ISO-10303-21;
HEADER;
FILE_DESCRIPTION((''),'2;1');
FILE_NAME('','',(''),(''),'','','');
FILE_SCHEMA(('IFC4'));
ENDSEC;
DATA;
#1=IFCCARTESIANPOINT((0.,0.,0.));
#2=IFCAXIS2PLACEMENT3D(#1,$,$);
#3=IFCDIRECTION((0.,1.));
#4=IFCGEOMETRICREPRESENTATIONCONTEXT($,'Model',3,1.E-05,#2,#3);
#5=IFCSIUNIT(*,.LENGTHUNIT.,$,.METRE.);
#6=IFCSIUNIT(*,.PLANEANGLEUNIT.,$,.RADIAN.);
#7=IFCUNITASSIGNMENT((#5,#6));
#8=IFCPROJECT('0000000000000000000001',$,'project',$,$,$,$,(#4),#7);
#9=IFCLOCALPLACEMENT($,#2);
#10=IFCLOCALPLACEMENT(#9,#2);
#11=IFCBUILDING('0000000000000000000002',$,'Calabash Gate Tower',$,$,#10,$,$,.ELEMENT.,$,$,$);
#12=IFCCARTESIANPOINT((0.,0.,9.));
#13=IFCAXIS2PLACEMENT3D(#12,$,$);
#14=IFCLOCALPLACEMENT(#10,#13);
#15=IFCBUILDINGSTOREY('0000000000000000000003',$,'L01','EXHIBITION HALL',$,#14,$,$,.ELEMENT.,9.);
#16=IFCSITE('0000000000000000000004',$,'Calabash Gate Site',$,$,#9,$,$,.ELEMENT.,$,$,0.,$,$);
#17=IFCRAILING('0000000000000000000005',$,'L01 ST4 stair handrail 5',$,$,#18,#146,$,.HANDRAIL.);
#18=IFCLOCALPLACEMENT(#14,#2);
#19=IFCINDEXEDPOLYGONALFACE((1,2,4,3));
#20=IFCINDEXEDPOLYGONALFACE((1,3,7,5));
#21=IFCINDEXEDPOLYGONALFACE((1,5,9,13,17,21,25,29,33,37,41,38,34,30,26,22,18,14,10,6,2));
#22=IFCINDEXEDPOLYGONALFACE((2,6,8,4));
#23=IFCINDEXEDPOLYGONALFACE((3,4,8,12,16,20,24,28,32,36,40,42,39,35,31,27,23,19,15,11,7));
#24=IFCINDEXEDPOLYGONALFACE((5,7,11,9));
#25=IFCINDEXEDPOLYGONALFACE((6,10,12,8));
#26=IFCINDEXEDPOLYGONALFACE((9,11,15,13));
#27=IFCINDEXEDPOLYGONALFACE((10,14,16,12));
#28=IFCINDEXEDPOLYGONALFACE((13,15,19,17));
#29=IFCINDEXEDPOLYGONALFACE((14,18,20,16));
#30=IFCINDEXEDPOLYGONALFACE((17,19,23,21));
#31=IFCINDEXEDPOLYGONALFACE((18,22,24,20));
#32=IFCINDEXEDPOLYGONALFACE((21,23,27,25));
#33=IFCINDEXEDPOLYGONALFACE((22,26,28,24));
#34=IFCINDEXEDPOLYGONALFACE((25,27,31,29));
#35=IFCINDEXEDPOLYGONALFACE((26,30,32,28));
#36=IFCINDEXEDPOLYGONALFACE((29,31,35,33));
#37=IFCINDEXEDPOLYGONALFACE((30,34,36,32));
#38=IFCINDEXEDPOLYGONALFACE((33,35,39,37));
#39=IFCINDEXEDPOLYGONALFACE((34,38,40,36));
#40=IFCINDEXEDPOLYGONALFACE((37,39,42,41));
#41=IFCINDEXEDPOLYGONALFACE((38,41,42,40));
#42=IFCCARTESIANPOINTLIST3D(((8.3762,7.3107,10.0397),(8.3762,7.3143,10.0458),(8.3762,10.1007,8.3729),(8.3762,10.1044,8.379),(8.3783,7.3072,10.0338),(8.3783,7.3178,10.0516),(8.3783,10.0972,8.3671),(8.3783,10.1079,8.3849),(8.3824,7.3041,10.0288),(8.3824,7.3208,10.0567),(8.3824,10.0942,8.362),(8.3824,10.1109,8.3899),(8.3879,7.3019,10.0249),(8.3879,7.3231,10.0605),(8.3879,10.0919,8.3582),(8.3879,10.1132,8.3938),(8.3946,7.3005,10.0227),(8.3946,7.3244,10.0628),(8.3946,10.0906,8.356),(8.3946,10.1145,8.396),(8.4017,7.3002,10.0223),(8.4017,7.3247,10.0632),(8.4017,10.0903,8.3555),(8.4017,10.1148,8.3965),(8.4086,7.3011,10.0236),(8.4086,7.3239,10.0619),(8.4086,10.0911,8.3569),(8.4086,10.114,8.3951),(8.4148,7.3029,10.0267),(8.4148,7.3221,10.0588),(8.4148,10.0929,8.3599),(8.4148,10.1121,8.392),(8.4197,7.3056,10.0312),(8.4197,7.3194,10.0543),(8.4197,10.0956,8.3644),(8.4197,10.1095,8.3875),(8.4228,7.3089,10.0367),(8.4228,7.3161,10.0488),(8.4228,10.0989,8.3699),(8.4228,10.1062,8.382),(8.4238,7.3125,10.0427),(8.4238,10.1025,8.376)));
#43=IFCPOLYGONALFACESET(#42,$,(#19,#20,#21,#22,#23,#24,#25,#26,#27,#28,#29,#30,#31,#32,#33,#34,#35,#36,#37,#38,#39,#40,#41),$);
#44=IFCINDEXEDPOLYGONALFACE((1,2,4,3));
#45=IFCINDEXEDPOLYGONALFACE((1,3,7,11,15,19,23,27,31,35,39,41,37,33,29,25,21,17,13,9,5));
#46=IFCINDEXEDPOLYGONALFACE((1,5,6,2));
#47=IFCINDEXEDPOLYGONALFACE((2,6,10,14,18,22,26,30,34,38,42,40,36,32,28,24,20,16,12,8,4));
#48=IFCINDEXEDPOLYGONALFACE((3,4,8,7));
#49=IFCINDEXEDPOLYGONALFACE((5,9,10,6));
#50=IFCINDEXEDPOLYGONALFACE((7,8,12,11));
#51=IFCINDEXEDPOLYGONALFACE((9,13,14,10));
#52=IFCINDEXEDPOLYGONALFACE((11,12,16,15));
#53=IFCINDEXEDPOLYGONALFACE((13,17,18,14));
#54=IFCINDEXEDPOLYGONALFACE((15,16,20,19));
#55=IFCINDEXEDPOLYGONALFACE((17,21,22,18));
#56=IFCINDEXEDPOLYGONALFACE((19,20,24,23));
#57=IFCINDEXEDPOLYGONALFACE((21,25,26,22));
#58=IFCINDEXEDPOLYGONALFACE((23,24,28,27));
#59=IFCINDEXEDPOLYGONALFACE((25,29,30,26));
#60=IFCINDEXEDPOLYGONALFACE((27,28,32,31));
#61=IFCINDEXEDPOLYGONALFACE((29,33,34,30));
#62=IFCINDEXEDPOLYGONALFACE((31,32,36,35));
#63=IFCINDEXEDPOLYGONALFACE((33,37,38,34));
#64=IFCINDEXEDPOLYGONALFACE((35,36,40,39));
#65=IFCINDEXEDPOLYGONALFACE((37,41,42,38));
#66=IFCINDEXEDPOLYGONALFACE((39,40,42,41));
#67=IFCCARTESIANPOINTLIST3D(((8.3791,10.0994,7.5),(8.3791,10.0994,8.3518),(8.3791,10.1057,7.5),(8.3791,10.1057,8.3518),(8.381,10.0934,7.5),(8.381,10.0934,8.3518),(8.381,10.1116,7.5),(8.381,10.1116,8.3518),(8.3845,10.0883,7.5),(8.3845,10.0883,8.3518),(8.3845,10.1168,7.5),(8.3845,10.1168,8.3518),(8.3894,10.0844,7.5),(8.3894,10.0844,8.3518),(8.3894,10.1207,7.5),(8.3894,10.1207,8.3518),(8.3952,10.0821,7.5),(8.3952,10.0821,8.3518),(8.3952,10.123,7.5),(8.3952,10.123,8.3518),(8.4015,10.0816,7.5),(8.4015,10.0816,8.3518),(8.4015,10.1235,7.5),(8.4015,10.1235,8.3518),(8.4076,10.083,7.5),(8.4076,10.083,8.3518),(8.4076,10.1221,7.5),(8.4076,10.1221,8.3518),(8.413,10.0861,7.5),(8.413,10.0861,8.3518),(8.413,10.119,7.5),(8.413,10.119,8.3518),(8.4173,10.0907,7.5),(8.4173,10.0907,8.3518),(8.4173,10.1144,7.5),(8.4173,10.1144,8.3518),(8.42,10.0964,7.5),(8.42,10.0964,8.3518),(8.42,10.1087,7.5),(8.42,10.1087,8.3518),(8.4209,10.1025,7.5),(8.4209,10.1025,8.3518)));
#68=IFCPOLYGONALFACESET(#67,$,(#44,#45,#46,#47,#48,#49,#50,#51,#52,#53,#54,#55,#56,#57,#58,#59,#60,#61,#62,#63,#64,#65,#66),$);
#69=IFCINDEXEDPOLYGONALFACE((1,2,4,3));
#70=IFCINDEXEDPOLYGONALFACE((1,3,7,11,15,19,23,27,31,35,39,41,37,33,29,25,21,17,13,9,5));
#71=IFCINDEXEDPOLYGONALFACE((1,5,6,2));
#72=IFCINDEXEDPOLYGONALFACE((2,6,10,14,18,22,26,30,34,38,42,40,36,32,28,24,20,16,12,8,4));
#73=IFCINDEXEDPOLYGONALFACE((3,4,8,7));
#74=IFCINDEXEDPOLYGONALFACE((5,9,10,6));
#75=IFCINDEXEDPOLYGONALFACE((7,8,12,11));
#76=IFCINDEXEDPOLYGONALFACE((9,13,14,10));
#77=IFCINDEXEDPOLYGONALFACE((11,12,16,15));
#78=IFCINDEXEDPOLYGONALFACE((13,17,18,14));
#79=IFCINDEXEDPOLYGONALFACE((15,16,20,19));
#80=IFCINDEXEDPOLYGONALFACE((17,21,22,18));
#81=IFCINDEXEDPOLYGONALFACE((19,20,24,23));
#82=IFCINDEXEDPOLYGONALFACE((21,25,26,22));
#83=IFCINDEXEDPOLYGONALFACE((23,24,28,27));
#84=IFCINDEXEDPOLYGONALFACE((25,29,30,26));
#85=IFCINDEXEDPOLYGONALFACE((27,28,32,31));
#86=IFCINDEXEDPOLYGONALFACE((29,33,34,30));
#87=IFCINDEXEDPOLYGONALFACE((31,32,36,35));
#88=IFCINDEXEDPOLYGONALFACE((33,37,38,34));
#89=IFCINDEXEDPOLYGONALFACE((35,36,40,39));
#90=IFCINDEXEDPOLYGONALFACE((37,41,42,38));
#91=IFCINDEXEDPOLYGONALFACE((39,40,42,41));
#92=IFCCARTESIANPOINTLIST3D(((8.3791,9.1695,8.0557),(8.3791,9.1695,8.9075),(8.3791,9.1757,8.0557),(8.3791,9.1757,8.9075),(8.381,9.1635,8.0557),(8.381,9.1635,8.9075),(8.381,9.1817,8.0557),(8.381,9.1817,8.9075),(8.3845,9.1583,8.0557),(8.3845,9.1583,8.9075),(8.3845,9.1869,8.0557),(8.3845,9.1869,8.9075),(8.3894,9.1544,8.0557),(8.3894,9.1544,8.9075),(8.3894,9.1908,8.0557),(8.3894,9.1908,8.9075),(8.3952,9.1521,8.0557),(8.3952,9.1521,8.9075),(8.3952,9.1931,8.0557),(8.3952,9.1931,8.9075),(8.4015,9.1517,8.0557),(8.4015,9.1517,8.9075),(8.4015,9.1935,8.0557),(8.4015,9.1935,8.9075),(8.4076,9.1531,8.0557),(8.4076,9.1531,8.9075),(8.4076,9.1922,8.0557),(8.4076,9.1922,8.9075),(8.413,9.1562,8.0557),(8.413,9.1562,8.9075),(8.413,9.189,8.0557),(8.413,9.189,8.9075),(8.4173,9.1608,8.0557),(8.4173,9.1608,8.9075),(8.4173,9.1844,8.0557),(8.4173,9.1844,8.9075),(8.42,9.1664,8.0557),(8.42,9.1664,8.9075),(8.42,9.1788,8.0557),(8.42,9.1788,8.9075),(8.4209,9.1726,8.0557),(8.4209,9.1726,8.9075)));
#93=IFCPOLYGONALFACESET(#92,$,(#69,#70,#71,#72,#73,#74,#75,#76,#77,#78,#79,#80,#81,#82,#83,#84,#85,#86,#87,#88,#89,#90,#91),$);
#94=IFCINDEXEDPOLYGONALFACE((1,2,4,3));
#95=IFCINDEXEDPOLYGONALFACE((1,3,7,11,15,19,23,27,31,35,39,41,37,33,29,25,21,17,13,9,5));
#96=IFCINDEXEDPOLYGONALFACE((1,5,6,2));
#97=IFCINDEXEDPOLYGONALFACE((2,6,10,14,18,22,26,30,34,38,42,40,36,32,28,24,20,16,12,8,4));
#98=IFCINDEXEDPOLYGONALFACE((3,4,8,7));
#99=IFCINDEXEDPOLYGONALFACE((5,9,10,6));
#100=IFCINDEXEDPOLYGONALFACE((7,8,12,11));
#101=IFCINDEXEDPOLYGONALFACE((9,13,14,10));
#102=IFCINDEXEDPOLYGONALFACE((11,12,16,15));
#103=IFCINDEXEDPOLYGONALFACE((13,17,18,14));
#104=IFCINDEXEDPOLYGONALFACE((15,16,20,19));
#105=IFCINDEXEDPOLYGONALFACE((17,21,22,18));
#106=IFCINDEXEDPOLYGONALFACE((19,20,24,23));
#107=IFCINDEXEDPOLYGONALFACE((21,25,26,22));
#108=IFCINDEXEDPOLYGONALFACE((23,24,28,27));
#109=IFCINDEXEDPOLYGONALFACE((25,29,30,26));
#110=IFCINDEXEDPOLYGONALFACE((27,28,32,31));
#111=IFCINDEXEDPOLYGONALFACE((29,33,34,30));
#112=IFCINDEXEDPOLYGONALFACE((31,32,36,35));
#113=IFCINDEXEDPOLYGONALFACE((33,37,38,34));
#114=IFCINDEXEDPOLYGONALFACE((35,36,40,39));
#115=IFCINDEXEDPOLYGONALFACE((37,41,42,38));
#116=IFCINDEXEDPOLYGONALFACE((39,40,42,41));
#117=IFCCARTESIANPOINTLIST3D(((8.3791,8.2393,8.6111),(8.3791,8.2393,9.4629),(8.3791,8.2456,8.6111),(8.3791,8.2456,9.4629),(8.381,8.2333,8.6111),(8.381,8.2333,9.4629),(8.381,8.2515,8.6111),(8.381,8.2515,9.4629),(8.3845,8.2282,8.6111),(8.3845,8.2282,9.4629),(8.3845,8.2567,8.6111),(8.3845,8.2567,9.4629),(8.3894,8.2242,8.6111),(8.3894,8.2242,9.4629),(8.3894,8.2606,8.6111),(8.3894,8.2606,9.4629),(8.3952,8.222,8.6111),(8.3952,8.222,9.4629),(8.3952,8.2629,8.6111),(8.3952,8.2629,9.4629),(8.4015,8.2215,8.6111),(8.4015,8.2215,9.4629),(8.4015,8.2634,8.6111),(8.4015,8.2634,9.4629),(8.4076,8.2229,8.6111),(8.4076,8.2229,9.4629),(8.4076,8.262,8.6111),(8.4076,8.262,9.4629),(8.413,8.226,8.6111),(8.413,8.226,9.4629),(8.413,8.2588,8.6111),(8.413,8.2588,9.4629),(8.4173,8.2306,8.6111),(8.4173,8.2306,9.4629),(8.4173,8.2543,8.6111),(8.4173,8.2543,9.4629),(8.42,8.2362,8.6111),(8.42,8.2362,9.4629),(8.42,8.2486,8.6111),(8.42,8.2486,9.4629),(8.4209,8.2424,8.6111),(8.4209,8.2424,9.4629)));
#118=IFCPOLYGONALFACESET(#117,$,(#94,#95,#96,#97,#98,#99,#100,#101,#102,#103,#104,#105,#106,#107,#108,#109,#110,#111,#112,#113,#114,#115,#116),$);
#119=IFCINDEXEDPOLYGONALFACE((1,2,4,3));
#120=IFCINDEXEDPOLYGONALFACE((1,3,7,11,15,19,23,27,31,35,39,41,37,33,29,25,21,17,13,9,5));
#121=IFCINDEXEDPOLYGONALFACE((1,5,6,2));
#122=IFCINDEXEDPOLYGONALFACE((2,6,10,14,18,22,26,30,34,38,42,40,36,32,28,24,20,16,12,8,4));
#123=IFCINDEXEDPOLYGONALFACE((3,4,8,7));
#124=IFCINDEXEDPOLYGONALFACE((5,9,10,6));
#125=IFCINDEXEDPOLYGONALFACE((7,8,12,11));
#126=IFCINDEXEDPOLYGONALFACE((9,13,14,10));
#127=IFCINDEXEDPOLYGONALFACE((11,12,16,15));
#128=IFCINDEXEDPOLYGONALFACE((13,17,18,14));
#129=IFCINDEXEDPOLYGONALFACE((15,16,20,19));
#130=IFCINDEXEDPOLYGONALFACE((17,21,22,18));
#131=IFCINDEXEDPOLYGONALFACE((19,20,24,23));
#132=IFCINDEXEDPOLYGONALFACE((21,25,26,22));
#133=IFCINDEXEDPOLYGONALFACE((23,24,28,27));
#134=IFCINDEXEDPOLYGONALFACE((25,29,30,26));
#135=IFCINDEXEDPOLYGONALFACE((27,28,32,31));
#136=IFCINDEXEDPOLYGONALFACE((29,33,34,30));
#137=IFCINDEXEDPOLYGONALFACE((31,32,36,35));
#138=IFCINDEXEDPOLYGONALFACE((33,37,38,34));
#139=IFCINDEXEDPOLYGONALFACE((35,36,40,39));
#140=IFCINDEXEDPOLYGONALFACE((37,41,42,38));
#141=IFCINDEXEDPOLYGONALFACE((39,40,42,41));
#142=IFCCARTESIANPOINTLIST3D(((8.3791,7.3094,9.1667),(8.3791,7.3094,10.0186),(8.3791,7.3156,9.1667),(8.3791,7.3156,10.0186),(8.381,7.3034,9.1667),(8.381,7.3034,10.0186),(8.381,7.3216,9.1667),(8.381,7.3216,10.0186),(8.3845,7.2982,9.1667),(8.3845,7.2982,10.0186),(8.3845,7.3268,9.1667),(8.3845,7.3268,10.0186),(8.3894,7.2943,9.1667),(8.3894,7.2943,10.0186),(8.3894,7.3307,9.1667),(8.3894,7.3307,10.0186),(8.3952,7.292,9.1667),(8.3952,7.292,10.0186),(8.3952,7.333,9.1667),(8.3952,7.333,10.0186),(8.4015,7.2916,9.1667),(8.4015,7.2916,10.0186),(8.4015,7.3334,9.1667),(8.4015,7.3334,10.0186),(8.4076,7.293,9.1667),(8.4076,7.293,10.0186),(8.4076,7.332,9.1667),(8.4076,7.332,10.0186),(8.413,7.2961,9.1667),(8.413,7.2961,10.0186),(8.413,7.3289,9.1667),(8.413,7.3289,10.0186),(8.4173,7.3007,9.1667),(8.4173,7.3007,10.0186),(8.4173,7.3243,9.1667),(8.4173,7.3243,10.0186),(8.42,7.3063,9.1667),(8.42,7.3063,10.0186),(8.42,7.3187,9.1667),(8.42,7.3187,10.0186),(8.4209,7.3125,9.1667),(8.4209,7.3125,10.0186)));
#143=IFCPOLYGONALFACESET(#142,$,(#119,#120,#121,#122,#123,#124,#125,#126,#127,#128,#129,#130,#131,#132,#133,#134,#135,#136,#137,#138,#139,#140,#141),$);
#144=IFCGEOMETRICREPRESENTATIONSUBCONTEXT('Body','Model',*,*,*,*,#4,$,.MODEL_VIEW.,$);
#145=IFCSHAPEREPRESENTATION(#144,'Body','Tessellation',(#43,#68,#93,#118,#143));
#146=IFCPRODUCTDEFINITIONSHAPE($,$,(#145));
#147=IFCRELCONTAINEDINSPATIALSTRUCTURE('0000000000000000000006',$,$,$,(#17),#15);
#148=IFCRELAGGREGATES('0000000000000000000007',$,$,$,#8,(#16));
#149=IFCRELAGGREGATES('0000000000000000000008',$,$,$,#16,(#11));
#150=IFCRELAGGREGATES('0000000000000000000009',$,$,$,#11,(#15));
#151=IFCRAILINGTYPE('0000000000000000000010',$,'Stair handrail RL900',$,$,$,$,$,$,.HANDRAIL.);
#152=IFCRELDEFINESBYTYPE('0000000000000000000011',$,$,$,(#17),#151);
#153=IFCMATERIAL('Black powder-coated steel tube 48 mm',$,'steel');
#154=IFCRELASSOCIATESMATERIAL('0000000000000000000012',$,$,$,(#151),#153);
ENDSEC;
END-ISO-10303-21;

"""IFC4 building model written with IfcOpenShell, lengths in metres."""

from ifc_helpers import new_model, si_unit, direction, frame, origin, origin_2d, place, context, subcontext, project, spatial, circle, extrude, material, type_object, element, save


model = new_model("IFC4")

# Units and contexts
model_context = context("Model", 3, precision=1e-05, world=origin(), true_north=direction((0.0, 1.0)))
body_context = subcontext(model_context, "Body", "Model", "MODEL_VIEW")
ifc_project = project(units=[si_unit("LENGTHUNIT", "METRE"), si_unit("PLANEANGLEUNIT", "RADIAN")], contexts=[model_context])

# Site, building, storey
site_placement = place(None, origin())
site = spatial("IfcSite", under=ifc_project, at=site_placement, Name="Calabash Gate Site", CompositionType="ELEMENT", RefElevation=0.0)
building_placement = place(site_placement, origin())
building = spatial("IfcBuilding", under=site, at=building_placement, Name="Calabash Gate Tower", CompositionType="ELEMENT")
storey_placement = place(building_placement, frame((0.0, 0.0, 9.0)))
storey = spatial("IfcBuildingStorey", under=building, at=storey_placement, Name="L01", Description="EXHIBITION HALL", CompositionType="ELEMENT", Elevation=9.0)

# Railing
ifc_material_1 = material(Name="Black powder-coated steel tube 48 mm", Category="steel")
railing_type_1 = type_object("IfcRailingType", Name="Stair handrail RL900", PredefinedType="HANDRAIL", material=ifc_material_1)
railing_1_placement = place(storey_placement, frame((8.3999, 10.1025, 7.5)))
element("IfcRailing", 1, at=railing_1_placement, inside=storey, type_object=railing_type_1, Name="L01 ST4 stair handrail 5", PredefinedType="HANDRAIL", context=body_context, shape_type="SweptSolid", body=[
    extrude(circle(Radius=0.0239, at=origin_2d()), frame((0.0, 0.0, 0.876), z_axis=(0.0, -0.858479, 0.512849), x_axis=(1.0, 0.0, 0.0)), (0.0, 0.0, 1.0), 3.25),
    extrude(circle(Radius=0.021, at=origin_2d()), origin(), (0.0, 0.0, 1.0), 0.8518),
    extrude(circle(Radius=0.021, at=origin_2d()), frame((0.0, -0.9299, 0.5557)), (0.0, 0.0, 1.0), 0.8518),
    extrude(circle(Radius=0.021, at=origin_2d()), frame((0.0, -1.8601, 1.1111)), (0.0, 0.0, 1.0), 0.8518),
    extrude(circle(Radius=0.021, at=origin_2d()), frame((0.0, -2.79, 1.6667)), (0.0, 0.0, 1.0), 0.8518),
])

save(model, "model.ifc")
